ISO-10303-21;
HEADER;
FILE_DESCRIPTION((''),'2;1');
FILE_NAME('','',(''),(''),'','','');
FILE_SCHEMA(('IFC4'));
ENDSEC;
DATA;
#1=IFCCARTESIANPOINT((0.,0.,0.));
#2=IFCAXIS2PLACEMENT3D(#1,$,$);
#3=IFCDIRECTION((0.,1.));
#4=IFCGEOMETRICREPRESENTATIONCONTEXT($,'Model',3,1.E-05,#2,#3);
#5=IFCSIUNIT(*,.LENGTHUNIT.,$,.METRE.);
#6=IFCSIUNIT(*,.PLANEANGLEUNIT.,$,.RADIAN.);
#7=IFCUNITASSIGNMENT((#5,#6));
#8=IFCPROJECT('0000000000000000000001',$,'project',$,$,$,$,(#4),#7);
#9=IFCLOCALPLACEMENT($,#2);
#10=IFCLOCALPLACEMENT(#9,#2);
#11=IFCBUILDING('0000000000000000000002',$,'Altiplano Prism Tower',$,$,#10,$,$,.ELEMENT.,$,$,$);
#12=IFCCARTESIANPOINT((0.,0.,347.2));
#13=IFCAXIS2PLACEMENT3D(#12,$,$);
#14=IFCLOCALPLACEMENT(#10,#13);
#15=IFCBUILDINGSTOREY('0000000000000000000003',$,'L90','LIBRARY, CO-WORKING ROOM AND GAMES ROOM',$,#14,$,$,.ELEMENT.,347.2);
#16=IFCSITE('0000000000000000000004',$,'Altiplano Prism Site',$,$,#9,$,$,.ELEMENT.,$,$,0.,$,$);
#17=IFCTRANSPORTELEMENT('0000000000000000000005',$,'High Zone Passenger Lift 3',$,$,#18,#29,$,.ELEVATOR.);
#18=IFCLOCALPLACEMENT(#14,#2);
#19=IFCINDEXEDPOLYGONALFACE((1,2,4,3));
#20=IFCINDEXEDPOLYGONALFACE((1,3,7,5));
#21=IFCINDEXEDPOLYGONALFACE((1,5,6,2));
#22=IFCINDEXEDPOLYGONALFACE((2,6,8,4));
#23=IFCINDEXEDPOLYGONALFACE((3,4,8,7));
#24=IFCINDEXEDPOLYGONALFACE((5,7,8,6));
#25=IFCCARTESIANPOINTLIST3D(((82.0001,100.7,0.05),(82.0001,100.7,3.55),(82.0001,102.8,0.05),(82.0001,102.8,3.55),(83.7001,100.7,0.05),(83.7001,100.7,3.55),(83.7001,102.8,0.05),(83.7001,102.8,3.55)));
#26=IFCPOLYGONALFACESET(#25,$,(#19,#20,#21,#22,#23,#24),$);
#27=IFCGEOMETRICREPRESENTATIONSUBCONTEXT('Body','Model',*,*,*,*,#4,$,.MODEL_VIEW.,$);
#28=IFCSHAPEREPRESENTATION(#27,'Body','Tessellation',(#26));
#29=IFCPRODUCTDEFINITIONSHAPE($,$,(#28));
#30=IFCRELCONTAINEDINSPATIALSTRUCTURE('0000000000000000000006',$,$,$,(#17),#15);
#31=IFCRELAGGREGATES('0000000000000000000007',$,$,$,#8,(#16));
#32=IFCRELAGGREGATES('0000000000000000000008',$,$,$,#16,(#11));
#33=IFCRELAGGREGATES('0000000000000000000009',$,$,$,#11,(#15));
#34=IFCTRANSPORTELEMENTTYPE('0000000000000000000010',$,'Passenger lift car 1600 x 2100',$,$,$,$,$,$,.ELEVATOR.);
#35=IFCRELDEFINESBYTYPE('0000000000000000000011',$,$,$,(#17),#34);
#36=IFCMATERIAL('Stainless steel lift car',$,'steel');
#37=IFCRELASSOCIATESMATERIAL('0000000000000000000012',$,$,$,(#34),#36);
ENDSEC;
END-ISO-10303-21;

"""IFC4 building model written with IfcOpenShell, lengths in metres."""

from ifc_helpers import new_model, si_unit, direction, frame, origin, origin_2d, place, context, subcontext, project, spatial, rectangle, extrude, material, type_object, element, save


model = new_model("IFC4")

# Units and contexts
model_context = context("Model", 3, precision=1e-05, world=origin(), true_north=direction((0.0, 1.0)))
body_context = subcontext(model_context, "Body", "Model", "MODEL_VIEW")
ifc_project = project(units=[si_unit("LENGTHUNIT", "METRE"), si_unit("PLANEANGLEUNIT", "RADIAN")], contexts=[model_context])

# Site, building, storey
site_placement = place(None, origin())
site = spatial("IfcSite", under=ifc_project, at=site_placement, Name="Altiplano Prism Site", CompositionType="ELEMENT", RefElevation=0.0)
building_placement = place(site_placement, origin())
building = spatial("IfcBuilding", under=site, at=building_placement, Name="Altiplano Prism Tower", CompositionType="ELEMENT")
storey_placement = place(building_placement, frame((0.0, 0.0, 347.2)))
storey = spatial("IfcBuildingStorey", under=building, at=storey_placement, Name="L90", Description="LIBRARY, CO-WORKING ROOM AND GAMES ROOM", CompositionType="ELEMENT", Elevation=347.2)

# Transport element
ifc_material_1 = material(Name="Stainless steel lift car", Category="steel")
transport_element_type = type_object("IfcTransportElementType", Name="Passenger lift car 1600 x 2100", PredefinedType="ELEVATOR", material=ifc_material_1)
for number, where, z_axis, x_axis, name in (
    (1, (82.8501, 101.75, 0.05), (0.0, 0.0, 1.0), (1.0, 0.0, 0.0), "High Zone Passenger Lift 3"),
):
    element("IfcTransportElement", number, at=place(storey_placement, frame(where, z_axis=z_axis, x_axis=x_axis)), inside=storey, type_object=transport_element_type, Name=name, PredefinedType="ELEVATOR", context=body_context, shape_type="SweptSolid", body=[
        extrude(rectangle(XDim=1.7, YDim=2.1001, at=origin_2d()), origin(), (0.0, 0.0, 1.0), 3.5),
    ])

save(model, "model.ifc")
